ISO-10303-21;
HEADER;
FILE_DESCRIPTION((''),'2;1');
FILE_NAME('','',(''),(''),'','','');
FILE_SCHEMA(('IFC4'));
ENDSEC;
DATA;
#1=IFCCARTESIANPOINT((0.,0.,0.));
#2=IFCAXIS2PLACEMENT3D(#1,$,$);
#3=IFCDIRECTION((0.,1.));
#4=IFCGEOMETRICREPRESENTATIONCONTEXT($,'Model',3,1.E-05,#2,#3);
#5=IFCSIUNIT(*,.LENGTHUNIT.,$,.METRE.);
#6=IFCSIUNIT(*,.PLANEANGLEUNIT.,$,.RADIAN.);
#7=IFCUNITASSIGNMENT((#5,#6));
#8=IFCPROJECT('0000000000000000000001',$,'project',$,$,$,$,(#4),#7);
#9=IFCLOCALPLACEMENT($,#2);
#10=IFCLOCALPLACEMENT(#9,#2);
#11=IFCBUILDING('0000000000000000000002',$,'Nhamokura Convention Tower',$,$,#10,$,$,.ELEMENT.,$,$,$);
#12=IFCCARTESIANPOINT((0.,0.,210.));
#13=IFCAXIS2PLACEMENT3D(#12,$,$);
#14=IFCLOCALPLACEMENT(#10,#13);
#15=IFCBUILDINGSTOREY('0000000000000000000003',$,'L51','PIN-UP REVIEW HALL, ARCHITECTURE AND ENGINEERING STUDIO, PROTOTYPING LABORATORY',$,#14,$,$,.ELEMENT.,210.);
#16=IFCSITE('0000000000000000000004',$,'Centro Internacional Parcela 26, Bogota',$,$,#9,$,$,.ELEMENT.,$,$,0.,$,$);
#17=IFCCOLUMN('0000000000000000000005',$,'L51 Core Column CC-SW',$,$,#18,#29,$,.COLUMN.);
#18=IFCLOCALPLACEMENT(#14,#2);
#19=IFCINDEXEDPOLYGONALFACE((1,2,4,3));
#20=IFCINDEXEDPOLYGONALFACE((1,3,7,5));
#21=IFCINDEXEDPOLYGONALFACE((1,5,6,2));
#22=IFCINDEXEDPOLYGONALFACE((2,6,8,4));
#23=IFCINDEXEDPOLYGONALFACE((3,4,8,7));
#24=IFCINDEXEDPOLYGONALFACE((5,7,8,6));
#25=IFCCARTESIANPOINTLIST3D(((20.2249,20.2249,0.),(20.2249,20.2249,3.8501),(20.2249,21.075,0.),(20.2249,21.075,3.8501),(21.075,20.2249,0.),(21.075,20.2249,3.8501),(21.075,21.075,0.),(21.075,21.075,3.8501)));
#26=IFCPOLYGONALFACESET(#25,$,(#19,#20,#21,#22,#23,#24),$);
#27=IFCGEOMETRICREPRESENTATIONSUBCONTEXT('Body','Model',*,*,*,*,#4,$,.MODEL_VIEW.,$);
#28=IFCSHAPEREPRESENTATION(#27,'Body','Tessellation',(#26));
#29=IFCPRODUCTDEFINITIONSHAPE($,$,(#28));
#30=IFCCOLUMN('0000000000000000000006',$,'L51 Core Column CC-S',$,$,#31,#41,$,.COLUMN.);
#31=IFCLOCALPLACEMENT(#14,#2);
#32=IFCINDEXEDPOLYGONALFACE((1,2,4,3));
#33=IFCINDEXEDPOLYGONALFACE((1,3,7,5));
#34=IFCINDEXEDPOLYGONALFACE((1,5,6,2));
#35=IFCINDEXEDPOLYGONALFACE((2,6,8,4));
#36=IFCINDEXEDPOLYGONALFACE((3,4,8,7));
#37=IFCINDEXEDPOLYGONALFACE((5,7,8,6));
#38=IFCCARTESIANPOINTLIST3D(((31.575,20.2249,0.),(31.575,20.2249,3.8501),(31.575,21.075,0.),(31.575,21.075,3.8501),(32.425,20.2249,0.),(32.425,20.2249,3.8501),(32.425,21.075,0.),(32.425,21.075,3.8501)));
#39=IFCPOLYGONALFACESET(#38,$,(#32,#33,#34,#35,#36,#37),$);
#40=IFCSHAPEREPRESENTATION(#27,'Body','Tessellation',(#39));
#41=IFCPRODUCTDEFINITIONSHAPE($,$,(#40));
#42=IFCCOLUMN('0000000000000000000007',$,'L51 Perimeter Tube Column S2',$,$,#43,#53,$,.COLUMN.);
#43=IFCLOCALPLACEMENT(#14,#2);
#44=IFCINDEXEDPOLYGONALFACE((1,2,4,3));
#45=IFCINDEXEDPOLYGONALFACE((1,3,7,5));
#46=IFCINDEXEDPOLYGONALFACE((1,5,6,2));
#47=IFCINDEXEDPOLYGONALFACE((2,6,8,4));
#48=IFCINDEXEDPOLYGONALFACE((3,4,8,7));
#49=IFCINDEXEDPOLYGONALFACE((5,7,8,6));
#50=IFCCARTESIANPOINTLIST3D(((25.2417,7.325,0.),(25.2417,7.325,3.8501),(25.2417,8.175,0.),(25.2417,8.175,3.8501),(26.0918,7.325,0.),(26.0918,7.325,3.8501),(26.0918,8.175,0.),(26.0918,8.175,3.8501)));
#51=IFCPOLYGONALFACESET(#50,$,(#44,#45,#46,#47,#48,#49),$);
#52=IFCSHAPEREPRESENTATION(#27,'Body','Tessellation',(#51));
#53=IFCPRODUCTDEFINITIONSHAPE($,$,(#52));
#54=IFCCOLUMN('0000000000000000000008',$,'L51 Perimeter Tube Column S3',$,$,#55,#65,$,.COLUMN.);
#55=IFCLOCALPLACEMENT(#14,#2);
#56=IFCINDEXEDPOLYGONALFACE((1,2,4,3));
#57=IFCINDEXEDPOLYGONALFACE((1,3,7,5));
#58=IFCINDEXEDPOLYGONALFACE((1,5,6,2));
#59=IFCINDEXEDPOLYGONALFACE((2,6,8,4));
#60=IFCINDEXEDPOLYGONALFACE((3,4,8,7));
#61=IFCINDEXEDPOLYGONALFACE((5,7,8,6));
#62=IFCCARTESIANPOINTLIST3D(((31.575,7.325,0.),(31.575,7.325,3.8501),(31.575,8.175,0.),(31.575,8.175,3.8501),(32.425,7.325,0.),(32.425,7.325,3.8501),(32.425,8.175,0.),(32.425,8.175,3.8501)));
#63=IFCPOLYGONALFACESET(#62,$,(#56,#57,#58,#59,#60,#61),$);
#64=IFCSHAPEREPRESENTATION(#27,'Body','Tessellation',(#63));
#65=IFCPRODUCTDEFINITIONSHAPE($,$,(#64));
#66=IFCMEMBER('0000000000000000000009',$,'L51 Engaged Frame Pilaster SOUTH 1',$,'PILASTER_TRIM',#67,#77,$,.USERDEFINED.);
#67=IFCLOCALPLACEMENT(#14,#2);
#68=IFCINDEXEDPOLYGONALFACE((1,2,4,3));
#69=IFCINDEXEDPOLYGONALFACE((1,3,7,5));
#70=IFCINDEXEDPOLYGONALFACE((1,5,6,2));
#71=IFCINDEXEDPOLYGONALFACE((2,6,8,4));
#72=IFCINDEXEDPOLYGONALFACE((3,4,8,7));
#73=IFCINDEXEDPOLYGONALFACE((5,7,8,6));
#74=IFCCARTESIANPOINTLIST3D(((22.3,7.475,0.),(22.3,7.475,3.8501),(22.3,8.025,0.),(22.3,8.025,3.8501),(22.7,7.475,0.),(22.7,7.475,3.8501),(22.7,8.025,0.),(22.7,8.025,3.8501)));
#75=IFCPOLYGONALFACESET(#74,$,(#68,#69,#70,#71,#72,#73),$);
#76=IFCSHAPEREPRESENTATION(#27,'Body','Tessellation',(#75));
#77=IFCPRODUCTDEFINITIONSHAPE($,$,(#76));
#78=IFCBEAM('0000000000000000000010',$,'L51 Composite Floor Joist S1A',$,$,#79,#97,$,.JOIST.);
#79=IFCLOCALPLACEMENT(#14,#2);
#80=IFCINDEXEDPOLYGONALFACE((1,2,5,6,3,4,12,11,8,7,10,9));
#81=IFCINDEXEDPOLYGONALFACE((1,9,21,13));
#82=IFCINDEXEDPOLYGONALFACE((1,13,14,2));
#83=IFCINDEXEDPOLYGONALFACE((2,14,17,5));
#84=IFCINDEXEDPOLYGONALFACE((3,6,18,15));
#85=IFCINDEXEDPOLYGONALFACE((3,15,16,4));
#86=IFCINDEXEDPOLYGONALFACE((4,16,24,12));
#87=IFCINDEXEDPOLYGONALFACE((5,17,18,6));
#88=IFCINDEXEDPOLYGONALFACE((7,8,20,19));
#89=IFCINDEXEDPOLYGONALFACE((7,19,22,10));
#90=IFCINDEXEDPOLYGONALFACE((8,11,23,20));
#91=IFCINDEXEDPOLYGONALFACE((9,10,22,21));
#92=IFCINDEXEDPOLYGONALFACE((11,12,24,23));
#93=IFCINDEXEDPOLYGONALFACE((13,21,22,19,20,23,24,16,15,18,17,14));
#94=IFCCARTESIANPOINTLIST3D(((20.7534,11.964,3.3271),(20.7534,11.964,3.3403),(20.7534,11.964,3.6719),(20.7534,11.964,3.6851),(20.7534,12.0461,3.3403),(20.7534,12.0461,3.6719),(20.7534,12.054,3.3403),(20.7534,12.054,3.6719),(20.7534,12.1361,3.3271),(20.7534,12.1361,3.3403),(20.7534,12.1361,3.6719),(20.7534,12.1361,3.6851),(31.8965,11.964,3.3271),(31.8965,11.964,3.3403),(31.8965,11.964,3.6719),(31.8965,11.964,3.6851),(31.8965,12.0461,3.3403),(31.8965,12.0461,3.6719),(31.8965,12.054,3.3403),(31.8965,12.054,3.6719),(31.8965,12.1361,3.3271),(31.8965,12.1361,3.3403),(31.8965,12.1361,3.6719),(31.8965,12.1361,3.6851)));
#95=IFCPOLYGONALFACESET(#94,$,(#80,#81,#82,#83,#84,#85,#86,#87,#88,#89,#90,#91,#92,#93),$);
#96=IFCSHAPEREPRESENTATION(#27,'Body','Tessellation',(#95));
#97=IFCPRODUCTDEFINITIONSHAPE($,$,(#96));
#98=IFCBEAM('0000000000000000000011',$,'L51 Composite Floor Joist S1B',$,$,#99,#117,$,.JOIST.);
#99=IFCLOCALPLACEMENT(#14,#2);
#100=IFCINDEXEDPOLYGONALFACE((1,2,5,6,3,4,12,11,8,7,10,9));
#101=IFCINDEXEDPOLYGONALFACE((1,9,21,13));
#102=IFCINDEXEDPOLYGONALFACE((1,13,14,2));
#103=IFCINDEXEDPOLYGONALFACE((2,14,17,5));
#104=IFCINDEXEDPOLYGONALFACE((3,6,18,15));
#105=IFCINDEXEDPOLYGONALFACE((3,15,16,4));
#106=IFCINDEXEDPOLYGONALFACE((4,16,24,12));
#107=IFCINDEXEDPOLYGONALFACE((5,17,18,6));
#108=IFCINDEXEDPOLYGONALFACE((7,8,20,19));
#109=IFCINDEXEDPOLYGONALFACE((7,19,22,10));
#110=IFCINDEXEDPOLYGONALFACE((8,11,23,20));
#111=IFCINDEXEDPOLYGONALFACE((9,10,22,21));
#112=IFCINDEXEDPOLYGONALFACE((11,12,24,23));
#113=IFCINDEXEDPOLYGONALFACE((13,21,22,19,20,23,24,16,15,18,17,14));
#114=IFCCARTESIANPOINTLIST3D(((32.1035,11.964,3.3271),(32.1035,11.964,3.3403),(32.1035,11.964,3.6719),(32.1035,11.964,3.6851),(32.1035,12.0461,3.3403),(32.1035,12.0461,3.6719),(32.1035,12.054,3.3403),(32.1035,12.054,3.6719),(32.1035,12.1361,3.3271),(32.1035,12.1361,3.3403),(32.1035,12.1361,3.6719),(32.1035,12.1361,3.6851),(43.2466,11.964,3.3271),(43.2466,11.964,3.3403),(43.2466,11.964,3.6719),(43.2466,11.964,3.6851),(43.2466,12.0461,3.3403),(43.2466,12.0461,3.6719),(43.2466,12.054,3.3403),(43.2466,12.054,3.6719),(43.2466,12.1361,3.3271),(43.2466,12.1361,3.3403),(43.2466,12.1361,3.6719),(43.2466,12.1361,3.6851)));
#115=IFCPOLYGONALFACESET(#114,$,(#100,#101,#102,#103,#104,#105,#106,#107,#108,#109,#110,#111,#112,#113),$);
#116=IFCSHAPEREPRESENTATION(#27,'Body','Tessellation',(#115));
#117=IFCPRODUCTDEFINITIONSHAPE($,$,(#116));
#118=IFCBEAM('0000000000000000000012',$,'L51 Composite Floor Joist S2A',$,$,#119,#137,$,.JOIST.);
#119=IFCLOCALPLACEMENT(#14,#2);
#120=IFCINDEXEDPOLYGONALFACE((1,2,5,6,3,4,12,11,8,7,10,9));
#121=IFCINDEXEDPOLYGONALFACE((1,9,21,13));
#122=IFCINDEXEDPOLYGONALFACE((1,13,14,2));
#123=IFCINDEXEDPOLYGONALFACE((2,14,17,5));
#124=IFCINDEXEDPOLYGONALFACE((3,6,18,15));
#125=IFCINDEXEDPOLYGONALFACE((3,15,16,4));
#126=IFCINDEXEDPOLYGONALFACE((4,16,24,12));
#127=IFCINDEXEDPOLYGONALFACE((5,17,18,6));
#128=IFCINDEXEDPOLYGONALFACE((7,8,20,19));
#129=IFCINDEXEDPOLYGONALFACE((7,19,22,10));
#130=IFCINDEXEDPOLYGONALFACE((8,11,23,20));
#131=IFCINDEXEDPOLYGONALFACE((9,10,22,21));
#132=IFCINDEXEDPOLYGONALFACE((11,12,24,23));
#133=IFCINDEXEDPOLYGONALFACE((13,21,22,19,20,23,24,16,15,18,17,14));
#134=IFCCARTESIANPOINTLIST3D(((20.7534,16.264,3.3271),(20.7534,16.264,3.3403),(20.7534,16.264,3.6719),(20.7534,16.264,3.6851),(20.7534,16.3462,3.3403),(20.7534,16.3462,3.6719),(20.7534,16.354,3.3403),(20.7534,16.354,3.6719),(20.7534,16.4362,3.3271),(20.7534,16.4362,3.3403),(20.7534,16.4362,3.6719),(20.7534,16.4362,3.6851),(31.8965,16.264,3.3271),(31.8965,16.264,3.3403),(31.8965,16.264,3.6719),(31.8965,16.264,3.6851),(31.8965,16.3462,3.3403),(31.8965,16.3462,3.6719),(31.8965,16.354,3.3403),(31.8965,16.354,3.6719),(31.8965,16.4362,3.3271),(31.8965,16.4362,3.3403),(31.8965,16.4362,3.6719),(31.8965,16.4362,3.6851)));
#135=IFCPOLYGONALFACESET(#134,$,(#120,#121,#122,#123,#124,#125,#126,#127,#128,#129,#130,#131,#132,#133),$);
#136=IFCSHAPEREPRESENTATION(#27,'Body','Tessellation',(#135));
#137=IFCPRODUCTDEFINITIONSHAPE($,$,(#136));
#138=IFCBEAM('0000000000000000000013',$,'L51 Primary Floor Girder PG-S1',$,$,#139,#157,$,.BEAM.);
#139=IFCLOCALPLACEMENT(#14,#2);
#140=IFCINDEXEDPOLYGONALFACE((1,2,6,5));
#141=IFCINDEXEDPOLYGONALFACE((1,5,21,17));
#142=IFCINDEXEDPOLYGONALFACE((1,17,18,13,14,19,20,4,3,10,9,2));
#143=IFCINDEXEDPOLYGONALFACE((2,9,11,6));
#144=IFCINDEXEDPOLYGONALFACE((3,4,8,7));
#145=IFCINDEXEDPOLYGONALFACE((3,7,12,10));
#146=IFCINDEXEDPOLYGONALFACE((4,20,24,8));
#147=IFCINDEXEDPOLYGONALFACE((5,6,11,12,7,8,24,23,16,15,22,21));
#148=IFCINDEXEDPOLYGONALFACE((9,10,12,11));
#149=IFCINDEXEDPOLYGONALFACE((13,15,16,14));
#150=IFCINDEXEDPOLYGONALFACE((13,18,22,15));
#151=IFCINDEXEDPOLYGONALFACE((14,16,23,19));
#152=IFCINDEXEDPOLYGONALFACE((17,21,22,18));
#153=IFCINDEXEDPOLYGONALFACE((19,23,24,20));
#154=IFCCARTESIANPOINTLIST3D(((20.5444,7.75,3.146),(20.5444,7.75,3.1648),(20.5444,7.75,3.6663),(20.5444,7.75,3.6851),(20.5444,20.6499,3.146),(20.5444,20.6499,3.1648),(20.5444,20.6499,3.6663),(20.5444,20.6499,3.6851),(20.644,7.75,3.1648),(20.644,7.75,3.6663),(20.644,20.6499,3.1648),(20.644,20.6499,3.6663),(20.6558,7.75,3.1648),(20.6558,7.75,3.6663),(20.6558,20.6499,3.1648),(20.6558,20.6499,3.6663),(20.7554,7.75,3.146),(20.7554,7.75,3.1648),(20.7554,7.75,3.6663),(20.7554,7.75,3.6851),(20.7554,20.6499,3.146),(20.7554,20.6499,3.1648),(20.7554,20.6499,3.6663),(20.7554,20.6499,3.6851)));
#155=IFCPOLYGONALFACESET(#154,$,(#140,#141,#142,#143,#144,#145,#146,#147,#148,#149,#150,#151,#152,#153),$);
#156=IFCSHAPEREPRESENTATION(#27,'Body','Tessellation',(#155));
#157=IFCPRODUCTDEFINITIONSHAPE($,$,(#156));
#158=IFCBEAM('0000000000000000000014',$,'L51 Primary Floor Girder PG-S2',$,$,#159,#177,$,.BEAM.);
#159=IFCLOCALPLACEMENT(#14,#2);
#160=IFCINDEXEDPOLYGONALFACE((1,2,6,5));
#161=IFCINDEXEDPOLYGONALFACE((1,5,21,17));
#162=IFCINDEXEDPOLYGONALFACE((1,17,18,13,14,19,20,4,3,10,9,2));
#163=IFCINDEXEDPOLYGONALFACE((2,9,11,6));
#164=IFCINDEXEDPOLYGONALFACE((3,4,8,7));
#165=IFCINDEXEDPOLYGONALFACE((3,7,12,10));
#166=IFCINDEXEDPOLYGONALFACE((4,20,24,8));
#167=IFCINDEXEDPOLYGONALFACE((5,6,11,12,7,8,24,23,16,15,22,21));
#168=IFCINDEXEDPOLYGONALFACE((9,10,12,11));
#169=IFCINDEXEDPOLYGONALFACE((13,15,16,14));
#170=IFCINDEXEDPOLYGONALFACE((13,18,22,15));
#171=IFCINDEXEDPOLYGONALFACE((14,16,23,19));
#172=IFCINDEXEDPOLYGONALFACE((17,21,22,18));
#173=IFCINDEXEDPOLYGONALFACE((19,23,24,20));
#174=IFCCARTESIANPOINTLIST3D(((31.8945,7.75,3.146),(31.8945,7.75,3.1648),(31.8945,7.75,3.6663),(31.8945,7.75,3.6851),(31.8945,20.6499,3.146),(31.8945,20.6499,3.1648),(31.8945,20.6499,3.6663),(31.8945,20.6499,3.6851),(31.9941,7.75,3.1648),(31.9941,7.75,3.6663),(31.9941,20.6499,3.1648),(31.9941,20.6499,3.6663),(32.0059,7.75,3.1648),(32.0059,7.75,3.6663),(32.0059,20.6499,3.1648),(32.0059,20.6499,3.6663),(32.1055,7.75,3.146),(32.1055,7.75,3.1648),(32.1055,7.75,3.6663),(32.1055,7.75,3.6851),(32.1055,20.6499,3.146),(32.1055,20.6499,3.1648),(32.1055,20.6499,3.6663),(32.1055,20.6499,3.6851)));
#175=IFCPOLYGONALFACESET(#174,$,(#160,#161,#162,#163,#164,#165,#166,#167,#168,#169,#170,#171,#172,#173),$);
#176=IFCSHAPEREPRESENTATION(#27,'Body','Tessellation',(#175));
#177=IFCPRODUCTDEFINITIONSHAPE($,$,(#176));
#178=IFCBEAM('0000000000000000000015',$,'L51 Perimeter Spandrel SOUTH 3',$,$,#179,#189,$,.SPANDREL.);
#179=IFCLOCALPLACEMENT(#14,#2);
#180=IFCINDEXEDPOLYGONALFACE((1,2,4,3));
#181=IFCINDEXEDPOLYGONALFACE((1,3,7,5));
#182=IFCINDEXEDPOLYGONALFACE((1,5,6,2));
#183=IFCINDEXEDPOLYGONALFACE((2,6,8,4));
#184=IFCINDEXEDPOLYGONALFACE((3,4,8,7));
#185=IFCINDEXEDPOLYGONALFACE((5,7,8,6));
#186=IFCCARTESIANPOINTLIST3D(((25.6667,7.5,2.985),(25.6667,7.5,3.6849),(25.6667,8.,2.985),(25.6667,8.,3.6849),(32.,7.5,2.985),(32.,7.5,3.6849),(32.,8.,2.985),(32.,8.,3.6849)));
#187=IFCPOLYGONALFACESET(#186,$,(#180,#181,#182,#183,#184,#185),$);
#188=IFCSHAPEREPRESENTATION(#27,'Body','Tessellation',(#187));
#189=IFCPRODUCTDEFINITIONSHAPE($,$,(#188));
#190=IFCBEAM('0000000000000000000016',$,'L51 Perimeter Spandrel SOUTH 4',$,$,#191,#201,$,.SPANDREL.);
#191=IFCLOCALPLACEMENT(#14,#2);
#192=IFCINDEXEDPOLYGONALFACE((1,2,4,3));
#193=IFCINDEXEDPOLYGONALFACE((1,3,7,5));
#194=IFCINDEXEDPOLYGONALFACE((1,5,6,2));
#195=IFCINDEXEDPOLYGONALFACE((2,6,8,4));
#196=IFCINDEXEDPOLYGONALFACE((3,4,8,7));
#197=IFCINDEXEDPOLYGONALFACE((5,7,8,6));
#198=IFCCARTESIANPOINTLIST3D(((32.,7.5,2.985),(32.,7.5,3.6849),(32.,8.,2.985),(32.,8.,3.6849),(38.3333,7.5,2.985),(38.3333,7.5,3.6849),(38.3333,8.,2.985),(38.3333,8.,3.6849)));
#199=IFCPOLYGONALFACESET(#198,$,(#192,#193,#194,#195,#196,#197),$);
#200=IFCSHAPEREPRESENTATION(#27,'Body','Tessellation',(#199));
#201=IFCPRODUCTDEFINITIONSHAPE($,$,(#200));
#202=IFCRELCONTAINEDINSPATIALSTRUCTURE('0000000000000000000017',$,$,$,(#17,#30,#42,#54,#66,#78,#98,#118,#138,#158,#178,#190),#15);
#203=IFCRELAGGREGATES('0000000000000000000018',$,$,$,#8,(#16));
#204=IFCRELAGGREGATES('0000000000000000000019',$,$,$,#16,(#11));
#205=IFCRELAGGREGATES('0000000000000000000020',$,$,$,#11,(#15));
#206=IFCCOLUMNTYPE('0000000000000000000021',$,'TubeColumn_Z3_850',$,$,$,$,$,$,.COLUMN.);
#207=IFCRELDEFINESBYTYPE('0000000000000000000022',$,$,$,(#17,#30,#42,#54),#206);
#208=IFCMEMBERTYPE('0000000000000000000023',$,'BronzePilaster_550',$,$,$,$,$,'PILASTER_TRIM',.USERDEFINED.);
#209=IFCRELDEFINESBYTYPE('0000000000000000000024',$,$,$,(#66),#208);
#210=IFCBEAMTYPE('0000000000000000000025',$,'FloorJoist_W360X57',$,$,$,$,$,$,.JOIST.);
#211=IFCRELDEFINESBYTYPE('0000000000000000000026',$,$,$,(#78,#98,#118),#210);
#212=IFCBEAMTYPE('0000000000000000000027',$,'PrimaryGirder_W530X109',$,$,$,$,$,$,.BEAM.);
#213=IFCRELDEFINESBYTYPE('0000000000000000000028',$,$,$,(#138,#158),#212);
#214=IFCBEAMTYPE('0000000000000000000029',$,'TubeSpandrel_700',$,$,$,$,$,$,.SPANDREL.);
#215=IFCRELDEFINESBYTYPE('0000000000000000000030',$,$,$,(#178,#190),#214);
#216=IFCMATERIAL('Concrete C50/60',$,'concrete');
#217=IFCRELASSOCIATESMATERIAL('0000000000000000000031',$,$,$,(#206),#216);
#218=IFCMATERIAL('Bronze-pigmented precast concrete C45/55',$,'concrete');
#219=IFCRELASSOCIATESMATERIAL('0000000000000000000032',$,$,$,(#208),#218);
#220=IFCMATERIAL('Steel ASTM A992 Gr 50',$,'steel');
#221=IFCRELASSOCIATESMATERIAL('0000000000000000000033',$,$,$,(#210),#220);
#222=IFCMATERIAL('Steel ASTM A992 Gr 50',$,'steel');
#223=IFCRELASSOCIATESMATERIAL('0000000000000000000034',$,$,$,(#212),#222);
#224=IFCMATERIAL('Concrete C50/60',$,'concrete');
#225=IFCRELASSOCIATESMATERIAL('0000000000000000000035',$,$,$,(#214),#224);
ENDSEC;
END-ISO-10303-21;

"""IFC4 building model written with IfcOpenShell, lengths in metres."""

from ifc_helpers import new_model, si_unit, direction, frame, origin, origin_2d, place, context, subcontext, project, spatial, rectangle, i_section, extrude, material, material_profile, profile_set, type_object, element, save


model = new_model("IFC4")

# Units and contexts
model_context = context("Model", 3, precision=1e-05, world=origin(), true_north=direction((0.0, 1.0)))
body_context = subcontext(model_context, "Body", "Model", "MODEL_VIEW")
ifc_project = project(units=[si_unit("LENGTHUNIT", "METRE"), si_unit("PLANEANGLEUNIT", "RADIAN")], contexts=[model_context])

# Site, building, storey
site_placement = place(None, origin())
site = spatial("IfcSite", under=ifc_project, at=site_placement, Name="Centro Internacional Parcela 26, Bogota", CompositionType="ELEMENT", RefElevation=0.0)
building_placement = place(site_placement, origin())
building = spatial("IfcBuilding", under=site, at=building_placement, Name="Nhamokura Convention Tower", CompositionType="ELEMENT")
storey_placement = place(building_placement, frame((0.0, 0.0, 210.0)))
storey = spatial("IfcBuildingStorey", under=building, at=storey_placement, Name="L51", Description="PIN-UP REVIEW HALL, ARCHITECTURE AND ENGINEERING STUDIO, PROTOTYPING LABORATORY", CompositionType="ELEMENT", Elevation=210.0)

# Columns
ifc_material_1 = material(Name="Concrete C50/60", Category="concrete")
ifc_material_profile_1 = material_profile(ifc_material_1, rectangle(XDim=0.8501, YDim=0.8501, at=origin_2d()))
ifc_profile_set_1 = profile_set([ifc_material_profile_1], Name="Concrete C50/60")
column_type = type_object("IfcColumnType", Name="TubeColumn_Z3_850", PredefinedType="COLUMN", material=ifc_profile_set_1)
for number, where, z_axis, x_axis, name in (
    (1, (20.6499, 20.6499, 0.0), (0.0, 0.0, 1.0), (1.0, 0.0, 0.0), "L51 Core Column CC-SW"),
    (2, (32.0, 20.6499, 0.0), (0.0, 0.0, 1.0), (1.0, 0.0, 0.0), "L51 Core Column CC-S"),
    (3, (25.6667, 7.75, 0.0), (0.0, 0.0, 1.0), (1.0, 0.0, 0.0), "L51 Perimeter Tube Column S2"),
    (4, (32.0, 7.75, 0.0), (0.0, 0.0, 1.0), (1.0, 0.0, 0.0), "L51 Perimeter Tube Column S3"),
):
    element("IfcColumn", number, at=place(storey_placement, frame(where, z_axis=z_axis, x_axis=x_axis)), inside=storey, type_object=column_type, Name=name, PredefinedType="COLUMN", context=body_context, shape_type="SweptSolid", body=[
        extrude(rectangle(XDim=0.8501, YDim=0.8501, at=origin_2d()), origin(), (0.0, 0.0, 1.0), 3.8501),
    ])

# Member
ifc_material_2 = material(Name="Bronze-pigmented precast concrete C45/55", Category="concrete")
ifc_material_profile_2 = material_profile(ifc_material_2, rectangle(XDim=0.3999, YDim=0.55, at=origin_2d()))
ifc_profile_set_2 = profile_set([ifc_material_profile_2], Name="Bronze-pigmented precast concrete C45/55")
member_type = type_object("IfcMemberType", Name="BronzePilaster_550", ElementType="PILASTER_TRIM", PredefinedType="USERDEFINED", material=ifc_profile_set_2)
member_placement = place(storey_placement, frame((22.5, 7.75, 0.0), z_axis=(0.0, 0.0, 1.0), x_axis=(1.0, 0.0, 0.0)))
element("IfcMember", 5, at=member_placement, inside=storey, type_object=member_type, Name="L51 Engaged Frame Pilaster SOUTH 1", ObjectType="PILASTER_TRIM", PredefinedType="USERDEFINED", context=body_context, shape_type="SweptSolid", body=[
    extrude(rectangle(XDim=0.3999, YDim=0.55, at=origin_2d()), origin(), (0.0, 0.0, 1.0), 3.8501),
])

# Beams
ifc_material_3 = material(Name="Steel ASTM A992 Gr 50", Category="steel")
ifc_material_profile_3 = material_profile(ifc_material_3, i_section(OverallWidth=0.1721, OverallDepth=0.3579, WebThickness=0.0078, FlangeThickness=0.0132, at=origin_2d()))
ifc_profile_set_3 = profile_set([ifc_material_profile_3], Name="Steel ASTM A992 Gr 50")
beam_type_1 = type_object("IfcBeamType", Name="FloorJoist_W360X57", PredefinedType="JOIST", material=ifc_profile_set_3)
for number, where, z_axis, x_axis, name in (
    (6, (20.7534, 12.05, 3.5061), (1.0, 0.0, 0.0), (0.0, 1.0, 0.0), "L51 Composite Floor Joist S1A"),
    (7, (32.1035, 12.05, 3.5061), (1.0, 0.0, 0.0), (0.0, 1.0, 0.0), "L51 Composite Floor Joist S1B"),
    (8, (20.7534, 16.3501, 3.5061), (1.0, 0.0, 0.0), (0.0, 1.0, 0.0), "L51 Composite Floor Joist S2A"),
):
    element("IfcBeam", number, at=place(storey_placement, frame(where, z_axis=z_axis, x_axis=x_axis)), inside=storey, type_object=beam_type_1, Name=name, PredefinedType="JOIST", context=body_context, shape_type="SweptSolid", body=[
        extrude(i_section(OverallWidth=0.1721, OverallDepth=0.3579, WebThickness=0.0078, FlangeThickness=0.0132, at=origin_2d()), origin(), (0.0, 0.0, 1.0), 11.1431),
    ])
ifc_material_4 = material(Name="Steel ASTM A992 Gr 50", Category="steel")
ifc_material_profile_4 = material_profile(ifc_material_4, i_section(OverallWidth=0.2109, OverallDepth=0.5391, WebThickness=0.0117, FlangeThickness=0.0188, at=origin_2d()))
ifc_profile_set_4 = profile_set([ifc_material_profile_4], Name="Steel ASTM A992 Gr 50")
beam_type_2 = type_object("IfcBeamType", Name="PrimaryGirder_W530X109", PredefinedType="BEAM", material=ifc_profile_set_4)
for number, where, z_axis, x_axis, name in (
    (9, (20.6499, 7.75, 3.4155), (0.0, 1.0, 0.0), (-1.0, 0.0, 0.0), "L51 Primary Floor Girder PG-S1"),
    (10, (32.0, 7.75, 3.4155), (0.0, 1.0, 0.0), (-1.0, 0.0, 0.0), "L51 Primary Floor Girder PG-S2"),
):
    element("IfcBeam", number, at=place(storey_placement, frame(where, z_axis=z_axis, x_axis=x_axis)), inside=storey, type_object=beam_type_2, Name=name, PredefinedType="BEAM", context=body_context, shape_type="SweptSolid", body=[
        extrude(i_section(OverallWidth=0.2109, OverallDepth=0.5391, WebThickness=0.0117, FlangeThickness=0.0188, at=origin_2d()), origin(), (0.0, 0.0, 1.0), 12.8999),
    ])
ifc_material_5 = material(Name="Concrete C50/60", Category="concrete")
ifc_material_profile_5 = material_profile(ifc_material_5, rectangle(XDim=0.5, YDim=0.7, at=origin_2d()))
ifc_profile_set_5 = profile_set([ifc_material_profile_5], Name="Concrete C50/60")
beam_type_3 = type_object("IfcBeamType", Name="TubeSpandrel_700", PredefinedType="SPANDREL", material=ifc_profile_set_5)
for number, where, z_axis, x_axis, name in (
    (11, (25.6667, 7.75, 3.335), (1.0, 0.0, 0.0), (0.0, 1.0, 0.0), "L51 Perimeter Spandrel SOUTH 3"),
    (12, (32.0, 7.75, 3.335), (1.0, 0.0, 0.0), (0.0, 1.0, 0.0), "L51 Perimeter Spandrel SOUTH 4"),
):
    element("IfcBeam", number, at=place(storey_placement, frame(where, z_axis=z_axis, x_axis=x_axis)), inside=storey, type_object=beam_type_3, Name=name, PredefinedType="SPANDREL", context=body_context, shape_type="SweptSolid", body=[
        extrude(rectangle(XDim=0.5, YDim=0.7, at=origin_2d()), origin(), (0.0, 0.0, 1.0), 6.3333),
    ])

save(model, "model.ifc")
